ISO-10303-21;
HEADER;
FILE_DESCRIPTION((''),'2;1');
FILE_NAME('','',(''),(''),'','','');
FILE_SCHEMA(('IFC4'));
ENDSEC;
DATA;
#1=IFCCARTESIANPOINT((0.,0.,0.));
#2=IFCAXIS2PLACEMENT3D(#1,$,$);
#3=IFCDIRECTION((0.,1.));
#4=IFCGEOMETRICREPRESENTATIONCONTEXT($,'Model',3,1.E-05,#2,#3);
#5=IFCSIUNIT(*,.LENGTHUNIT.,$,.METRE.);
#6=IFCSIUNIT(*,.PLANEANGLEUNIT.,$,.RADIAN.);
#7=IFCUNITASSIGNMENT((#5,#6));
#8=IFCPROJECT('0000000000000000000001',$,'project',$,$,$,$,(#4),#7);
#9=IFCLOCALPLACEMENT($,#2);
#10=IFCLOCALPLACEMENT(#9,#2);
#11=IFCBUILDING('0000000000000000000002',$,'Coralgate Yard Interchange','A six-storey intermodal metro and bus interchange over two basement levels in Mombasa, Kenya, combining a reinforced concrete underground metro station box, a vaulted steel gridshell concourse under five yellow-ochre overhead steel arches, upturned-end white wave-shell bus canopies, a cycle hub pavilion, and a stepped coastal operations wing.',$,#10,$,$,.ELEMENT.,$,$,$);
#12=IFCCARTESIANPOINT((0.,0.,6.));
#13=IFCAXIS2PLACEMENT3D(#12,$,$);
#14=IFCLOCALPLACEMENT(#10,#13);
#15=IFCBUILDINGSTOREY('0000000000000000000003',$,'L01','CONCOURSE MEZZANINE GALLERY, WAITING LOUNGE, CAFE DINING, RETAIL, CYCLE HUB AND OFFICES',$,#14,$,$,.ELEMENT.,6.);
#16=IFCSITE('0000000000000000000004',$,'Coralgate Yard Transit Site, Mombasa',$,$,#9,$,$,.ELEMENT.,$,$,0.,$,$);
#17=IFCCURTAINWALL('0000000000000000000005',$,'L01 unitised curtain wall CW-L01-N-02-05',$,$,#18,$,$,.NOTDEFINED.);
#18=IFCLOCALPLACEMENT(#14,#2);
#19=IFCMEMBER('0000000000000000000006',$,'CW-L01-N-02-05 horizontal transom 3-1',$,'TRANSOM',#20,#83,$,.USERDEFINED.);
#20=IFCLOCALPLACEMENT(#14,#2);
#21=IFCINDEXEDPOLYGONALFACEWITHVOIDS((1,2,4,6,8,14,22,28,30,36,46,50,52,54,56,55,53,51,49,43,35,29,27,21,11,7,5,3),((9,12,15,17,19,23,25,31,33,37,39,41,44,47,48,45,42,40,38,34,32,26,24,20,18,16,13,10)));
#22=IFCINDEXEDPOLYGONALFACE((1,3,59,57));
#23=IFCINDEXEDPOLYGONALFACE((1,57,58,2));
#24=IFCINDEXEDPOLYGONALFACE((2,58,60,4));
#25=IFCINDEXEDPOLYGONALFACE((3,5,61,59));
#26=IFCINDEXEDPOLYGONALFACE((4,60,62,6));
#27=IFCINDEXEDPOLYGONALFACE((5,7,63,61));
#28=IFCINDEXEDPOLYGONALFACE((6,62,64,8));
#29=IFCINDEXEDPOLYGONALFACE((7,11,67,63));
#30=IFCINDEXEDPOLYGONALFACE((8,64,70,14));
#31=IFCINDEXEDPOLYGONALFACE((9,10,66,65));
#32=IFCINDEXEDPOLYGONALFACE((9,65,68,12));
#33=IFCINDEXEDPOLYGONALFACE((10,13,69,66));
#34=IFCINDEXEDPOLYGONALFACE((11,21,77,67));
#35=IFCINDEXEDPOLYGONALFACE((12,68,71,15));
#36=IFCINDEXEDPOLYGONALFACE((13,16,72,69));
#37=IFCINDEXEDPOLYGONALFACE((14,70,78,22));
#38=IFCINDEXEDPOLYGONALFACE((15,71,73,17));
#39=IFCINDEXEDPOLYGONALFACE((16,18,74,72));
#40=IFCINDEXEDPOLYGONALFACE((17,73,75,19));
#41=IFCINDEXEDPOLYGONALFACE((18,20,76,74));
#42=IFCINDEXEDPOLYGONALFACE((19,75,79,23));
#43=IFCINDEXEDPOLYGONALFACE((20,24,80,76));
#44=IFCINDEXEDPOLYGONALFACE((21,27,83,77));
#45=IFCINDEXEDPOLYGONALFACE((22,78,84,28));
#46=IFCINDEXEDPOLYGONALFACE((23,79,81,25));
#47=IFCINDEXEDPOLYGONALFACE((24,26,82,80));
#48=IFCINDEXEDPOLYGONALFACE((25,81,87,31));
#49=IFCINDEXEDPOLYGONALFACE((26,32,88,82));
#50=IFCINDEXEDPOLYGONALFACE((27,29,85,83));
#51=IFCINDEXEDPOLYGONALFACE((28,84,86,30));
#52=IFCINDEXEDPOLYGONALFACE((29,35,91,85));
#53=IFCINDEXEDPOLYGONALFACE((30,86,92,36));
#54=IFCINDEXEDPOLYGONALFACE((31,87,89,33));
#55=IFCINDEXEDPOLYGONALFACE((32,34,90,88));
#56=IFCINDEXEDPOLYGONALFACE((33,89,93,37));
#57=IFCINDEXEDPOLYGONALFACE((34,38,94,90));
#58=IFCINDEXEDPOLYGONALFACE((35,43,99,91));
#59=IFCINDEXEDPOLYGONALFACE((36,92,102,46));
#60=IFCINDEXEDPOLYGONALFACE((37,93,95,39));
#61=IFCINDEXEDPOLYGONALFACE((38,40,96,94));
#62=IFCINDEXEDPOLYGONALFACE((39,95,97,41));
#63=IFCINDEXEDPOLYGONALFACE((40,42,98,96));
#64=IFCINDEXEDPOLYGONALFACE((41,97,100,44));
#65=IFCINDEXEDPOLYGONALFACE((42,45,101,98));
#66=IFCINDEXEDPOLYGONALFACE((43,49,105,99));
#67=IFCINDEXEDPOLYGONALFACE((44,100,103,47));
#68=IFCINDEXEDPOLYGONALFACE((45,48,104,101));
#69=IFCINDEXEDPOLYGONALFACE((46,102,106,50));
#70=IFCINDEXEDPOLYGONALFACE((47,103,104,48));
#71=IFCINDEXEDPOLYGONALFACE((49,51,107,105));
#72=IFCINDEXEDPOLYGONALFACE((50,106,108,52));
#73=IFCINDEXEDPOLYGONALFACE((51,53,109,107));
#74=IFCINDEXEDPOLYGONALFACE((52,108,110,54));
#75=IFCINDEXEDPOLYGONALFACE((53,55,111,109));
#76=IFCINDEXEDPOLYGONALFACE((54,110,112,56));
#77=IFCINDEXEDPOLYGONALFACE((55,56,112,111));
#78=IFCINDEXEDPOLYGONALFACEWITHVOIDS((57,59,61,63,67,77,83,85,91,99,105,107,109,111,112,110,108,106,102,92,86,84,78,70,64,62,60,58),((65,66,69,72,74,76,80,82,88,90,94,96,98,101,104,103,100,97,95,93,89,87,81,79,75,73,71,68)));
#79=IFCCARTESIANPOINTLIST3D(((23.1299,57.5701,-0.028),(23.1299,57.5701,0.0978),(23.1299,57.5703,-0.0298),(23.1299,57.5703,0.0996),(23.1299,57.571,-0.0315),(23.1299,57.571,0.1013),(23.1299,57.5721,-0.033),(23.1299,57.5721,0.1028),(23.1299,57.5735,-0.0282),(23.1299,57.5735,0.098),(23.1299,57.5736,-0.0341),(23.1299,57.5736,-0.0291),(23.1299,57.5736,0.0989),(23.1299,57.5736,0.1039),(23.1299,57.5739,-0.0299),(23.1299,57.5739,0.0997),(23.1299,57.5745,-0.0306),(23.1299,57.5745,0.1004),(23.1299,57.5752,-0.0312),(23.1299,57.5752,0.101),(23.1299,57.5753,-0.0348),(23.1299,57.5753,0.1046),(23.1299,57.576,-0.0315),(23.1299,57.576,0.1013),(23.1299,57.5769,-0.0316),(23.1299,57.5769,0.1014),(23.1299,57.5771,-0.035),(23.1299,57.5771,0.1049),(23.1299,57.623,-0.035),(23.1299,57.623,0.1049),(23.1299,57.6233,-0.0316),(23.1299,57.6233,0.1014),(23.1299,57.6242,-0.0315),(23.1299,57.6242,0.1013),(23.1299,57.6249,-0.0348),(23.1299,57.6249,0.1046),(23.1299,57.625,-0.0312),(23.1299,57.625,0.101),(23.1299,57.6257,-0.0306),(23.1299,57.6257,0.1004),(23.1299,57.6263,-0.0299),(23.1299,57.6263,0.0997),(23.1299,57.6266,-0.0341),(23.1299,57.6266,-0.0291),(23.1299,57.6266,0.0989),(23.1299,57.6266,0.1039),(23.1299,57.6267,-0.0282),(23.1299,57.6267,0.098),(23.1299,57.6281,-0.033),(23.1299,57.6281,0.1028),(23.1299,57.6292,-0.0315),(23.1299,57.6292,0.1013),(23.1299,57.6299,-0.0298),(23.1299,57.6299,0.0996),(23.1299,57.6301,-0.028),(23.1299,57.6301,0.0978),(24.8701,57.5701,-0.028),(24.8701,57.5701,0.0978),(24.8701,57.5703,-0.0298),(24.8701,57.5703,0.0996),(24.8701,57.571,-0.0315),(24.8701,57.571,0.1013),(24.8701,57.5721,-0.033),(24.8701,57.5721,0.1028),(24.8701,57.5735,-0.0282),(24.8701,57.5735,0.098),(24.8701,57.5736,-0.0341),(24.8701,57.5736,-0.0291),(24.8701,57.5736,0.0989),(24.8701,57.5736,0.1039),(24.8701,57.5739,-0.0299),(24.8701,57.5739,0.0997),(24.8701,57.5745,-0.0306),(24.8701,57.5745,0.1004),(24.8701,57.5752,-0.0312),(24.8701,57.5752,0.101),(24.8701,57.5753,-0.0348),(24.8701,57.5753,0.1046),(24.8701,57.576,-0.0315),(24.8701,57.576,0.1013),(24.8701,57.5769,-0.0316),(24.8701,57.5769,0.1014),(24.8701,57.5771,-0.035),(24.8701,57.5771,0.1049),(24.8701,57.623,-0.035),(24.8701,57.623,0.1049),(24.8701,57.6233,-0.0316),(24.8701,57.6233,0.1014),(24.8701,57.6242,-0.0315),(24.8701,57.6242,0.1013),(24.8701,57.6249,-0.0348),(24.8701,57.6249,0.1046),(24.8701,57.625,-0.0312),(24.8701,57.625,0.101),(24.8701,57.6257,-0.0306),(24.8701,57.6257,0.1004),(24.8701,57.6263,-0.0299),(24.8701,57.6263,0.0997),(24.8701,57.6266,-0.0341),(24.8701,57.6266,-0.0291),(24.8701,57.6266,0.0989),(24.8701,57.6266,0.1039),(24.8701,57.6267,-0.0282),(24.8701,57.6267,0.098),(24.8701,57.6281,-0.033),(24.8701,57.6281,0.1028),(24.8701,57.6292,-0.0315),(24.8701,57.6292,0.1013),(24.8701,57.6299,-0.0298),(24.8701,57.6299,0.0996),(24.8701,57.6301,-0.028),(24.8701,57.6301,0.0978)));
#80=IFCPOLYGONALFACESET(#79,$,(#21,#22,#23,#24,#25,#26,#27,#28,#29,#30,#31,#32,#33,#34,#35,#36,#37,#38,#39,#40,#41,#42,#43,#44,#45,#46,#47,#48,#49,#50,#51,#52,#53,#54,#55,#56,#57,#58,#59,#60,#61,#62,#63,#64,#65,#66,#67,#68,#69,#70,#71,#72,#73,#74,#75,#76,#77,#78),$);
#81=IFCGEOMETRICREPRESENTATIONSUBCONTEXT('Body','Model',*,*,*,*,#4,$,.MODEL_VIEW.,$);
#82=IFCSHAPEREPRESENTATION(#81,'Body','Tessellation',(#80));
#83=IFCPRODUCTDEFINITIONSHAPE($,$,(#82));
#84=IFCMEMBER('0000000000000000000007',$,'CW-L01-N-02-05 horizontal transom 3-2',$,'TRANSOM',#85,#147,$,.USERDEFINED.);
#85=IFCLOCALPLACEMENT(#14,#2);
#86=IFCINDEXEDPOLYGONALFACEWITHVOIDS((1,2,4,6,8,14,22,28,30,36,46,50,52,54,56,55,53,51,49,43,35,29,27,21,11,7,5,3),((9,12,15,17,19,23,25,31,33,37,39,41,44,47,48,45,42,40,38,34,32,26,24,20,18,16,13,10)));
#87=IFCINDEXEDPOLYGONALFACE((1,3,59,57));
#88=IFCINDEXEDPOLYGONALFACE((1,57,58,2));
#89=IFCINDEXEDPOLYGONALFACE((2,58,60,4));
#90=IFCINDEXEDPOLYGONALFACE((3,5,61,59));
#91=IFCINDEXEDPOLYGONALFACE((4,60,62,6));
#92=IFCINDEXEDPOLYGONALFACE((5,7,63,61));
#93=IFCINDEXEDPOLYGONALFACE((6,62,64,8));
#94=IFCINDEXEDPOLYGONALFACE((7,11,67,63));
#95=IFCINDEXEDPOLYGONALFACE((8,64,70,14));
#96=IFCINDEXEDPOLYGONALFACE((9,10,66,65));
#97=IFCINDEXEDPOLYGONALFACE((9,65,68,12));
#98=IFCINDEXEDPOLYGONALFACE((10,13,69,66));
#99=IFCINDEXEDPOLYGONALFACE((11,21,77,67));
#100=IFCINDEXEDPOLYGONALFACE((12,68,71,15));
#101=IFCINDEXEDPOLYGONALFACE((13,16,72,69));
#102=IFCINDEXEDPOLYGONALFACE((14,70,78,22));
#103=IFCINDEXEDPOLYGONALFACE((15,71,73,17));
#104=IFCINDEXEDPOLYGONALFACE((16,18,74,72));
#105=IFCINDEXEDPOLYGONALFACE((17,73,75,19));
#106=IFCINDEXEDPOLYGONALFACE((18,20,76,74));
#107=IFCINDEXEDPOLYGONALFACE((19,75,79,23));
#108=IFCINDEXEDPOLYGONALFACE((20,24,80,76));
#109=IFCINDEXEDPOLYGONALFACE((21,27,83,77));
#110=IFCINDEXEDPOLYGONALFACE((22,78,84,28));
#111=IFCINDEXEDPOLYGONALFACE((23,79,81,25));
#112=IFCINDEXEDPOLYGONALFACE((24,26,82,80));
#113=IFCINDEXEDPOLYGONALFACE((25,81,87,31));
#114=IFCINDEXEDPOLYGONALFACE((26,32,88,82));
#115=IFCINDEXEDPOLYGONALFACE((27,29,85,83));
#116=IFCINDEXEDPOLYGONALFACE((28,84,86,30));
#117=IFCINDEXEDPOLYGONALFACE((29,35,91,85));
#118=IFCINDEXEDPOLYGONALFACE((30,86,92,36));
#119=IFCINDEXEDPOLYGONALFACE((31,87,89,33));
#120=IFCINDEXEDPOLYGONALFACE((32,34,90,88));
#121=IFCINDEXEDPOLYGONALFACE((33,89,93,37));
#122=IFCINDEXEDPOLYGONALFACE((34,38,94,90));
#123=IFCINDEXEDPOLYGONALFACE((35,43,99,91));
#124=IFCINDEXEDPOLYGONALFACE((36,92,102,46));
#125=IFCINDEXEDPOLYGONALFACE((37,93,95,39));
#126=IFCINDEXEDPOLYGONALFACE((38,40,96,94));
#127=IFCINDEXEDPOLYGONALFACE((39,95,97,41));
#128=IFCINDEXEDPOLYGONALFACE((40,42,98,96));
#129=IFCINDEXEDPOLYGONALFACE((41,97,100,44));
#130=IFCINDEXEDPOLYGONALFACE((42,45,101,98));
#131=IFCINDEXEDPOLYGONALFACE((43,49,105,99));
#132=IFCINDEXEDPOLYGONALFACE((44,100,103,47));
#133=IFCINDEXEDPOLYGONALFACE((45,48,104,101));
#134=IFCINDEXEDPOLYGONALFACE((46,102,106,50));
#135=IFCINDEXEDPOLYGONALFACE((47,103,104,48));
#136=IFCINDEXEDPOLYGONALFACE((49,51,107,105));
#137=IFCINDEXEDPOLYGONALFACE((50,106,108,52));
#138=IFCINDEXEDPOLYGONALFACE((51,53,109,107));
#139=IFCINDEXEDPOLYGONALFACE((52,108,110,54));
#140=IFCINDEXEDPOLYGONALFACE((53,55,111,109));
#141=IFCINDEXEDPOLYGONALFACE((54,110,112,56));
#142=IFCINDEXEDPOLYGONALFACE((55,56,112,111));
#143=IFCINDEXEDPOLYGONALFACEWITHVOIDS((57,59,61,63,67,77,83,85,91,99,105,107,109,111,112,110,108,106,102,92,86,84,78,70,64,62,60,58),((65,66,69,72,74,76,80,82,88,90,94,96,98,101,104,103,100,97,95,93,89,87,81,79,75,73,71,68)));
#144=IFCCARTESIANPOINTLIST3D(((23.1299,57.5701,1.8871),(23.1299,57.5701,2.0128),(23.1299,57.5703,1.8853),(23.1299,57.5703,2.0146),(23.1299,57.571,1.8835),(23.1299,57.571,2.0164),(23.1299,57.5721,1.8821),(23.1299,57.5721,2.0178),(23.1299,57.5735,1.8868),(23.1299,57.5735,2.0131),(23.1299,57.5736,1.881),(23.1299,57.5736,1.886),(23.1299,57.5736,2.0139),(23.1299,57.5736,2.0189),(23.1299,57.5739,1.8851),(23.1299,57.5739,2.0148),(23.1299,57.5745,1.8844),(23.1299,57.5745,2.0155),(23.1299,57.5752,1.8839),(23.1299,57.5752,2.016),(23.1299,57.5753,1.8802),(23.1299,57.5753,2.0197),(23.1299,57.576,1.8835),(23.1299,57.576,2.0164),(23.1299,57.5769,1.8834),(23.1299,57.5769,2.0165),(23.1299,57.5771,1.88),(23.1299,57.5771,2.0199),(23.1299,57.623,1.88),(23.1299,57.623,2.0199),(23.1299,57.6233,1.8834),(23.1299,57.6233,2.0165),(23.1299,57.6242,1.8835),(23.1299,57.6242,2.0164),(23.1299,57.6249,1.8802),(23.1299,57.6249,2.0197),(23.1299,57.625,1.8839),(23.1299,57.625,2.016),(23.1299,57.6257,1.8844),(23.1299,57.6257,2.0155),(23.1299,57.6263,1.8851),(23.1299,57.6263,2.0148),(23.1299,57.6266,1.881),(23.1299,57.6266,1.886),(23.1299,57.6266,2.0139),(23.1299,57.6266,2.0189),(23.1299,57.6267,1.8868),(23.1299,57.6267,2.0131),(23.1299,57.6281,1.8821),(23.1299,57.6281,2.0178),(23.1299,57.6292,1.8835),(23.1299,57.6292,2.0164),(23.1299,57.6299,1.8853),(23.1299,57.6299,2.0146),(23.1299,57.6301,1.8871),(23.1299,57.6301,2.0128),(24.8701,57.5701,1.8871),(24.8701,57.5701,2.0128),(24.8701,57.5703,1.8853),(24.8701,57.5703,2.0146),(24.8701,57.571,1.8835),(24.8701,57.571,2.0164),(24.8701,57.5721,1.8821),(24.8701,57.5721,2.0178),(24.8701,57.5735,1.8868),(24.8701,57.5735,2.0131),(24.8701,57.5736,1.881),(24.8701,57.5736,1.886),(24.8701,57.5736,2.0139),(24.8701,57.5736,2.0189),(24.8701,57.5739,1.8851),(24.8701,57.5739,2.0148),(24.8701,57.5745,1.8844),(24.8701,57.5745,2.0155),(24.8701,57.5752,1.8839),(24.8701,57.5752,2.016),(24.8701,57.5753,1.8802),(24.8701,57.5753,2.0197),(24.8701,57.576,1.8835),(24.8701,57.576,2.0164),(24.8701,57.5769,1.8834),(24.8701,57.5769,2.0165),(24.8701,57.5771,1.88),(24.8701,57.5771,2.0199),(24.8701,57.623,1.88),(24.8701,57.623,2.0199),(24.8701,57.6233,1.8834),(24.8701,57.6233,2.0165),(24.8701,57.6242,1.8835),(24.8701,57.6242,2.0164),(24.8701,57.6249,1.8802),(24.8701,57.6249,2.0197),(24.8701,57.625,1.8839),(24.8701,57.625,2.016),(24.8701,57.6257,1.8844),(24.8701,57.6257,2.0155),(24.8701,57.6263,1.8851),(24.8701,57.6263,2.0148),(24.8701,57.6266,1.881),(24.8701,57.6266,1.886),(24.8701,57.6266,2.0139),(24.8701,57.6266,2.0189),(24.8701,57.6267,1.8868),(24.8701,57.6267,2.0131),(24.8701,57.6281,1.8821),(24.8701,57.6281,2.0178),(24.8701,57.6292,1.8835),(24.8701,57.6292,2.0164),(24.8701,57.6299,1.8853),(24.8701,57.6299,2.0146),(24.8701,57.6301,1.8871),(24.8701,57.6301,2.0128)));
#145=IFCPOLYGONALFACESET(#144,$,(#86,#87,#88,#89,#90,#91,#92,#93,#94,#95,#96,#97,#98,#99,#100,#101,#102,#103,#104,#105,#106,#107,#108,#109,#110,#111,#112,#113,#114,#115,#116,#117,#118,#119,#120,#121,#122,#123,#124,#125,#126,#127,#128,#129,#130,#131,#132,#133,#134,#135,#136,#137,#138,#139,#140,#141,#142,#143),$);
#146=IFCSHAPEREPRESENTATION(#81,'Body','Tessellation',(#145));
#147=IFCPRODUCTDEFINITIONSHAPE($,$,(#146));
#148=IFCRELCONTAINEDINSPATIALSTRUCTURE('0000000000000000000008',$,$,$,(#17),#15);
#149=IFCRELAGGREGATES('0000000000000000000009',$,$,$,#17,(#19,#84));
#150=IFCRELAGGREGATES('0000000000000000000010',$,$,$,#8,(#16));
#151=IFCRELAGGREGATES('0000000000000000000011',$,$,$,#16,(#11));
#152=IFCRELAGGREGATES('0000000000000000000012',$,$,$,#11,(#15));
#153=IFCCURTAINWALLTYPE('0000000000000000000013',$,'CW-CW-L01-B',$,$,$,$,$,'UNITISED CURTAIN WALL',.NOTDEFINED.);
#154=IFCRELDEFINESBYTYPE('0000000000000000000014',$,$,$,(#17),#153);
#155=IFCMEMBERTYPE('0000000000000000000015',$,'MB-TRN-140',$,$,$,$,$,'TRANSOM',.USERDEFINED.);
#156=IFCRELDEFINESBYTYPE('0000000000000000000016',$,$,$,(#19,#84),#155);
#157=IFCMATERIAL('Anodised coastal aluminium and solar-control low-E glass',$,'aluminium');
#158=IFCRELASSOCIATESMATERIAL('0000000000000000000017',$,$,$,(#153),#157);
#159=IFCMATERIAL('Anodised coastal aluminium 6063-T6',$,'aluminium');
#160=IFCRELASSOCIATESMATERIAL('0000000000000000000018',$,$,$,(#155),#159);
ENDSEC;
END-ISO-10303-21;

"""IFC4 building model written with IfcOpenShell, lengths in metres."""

from ifc_helpers import new_model, si_unit, direction, frame, origin, origin_2d, place, context, subcontext, project, spatial, hollow_rectangle, extrude, material, material_profile, profile_set, type_object, element, aggregate, save


model = new_model("IFC4")

# Units and contexts
model_context = context("Model", 3, precision=1e-05, world=origin(), true_north=direction((0.0, 1.0)))
body_context = subcontext(model_context, "Body", "Model", "MODEL_VIEW")
ifc_project = project(units=[si_unit("LENGTHUNIT", "METRE"), si_unit("PLANEANGLEUNIT", "RADIAN")], contexts=[model_context])

# Site, building, storey
site_placement = place(None, origin())
site = spatial("IfcSite", under=ifc_project, at=site_placement, Name="Coralgate Yard Transit Site, Mombasa", CompositionType="ELEMENT", RefElevation=0.0)
building_placement = place(site_placement, origin())
building = spatial("IfcBuilding", under=site, at=building_placement, Name="Coralgate Yard Interchange", Description="A six-storey intermodal metro and bus interchange over two basement levels in Mombasa, Kenya, combining a reinforced concrete underground metro station box, a vaulted steel gridshell concourse under five yellow-ochre overhead steel arches, upturned-end white wave-shell bus canopies, a cycle hub pavilion, and a stepped coastal operations wing.", CompositionType="ELEMENT")
storey_placement = place(building_placement, frame((0.0, 0.0, 6.0)))
storey = spatial("IfcBuildingStorey", under=building, at=storey_placement, Name="L01", Description="CONCOURSE MEZZANINE GALLERY, WAITING LOUNGE, CAFE DINING, RETAIL, CYCLE HUB AND OFFICES", CompositionType="ELEMENT", Elevation=6.0)

# Curtain wall, members
ifc_material_1 = material(Name="Anodised coastal aluminium and solar-control low-E glass", Category="aluminium")
curtain_wall_type = type_object("IfcCurtainWallType", Name="CW-CW-L01-B", ElementType="UNITISED CURTAIN WALL", PredefinedType="NOTDEFINED", material=ifc_material_1)
curtain_wall_placement = place(storey_placement, origin())
curtain_wall = element("IfcCurtainWall", 1, at=curtain_wall_placement, inside=storey, type_object=curtain_wall_type, Name="L01 unitised curtain wall CW-L01-N-02-05", PredefinedType="NOTDEFINED")
ifc_material_2 = material(Name="Anodised coastal aluminium 6063-T6", Category="aluminium")
ifc_material_profile_1 = material_profile(ifc_material_2, hollow_rectangle(XDim=0.0601, YDim=0.1399, WallThickness=0.0034, InnerFilletRadius=0.0034, OuterFilletRadius=0.0071, at=origin_2d()), Name="ALU 60x140x3.5")
ifc_profile_set_1 = profile_set([ifc_material_profile_1], Name="Anodised coastal aluminium 6063-T6")
member_type_1 = type_object("IfcMemberType", Name="MB-TRN-140", ElementType="TRANSOM", PredefinedType="USERDEFINED", material=ifc_profile_set_1)
member_1_placement = place(storey_placement, frame((23.1299, 57.6001, 0.0349), z_axis=(1.0, 0.0, 0.0), x_axis=(0.0, 1.0, 0.0)))
member_1 = element("IfcMember", 2, at=member_1_placement, type_object=member_type_1, Name="CW-L01-N-02-05 horizontal transom 3-1", ObjectType="TRANSOM", PredefinedType="USERDEFINED", context=body_context, shape_type="SweptSolid", body=[
    extrude(hollow_rectangle(XDim=0.0601, YDim=0.1399, WallThickness=0.0034, InnerFilletRadius=0.0034, OuterFilletRadius=0.0071, at=origin_2d()), origin(), (0.0, 0.0, 1.0), 1.7402),
])
member_2_placement = place(storey_placement, frame((23.1299, 57.6001, 1.95), z_axis=(1.0, 0.0, 0.0), x_axis=(0.0, 1.0, 0.0)))
member_2 = element("IfcMember", 3, at=member_2_placement, type_object=member_type_1, Name="CW-L01-N-02-05 horizontal transom 3-2", ObjectType="TRANSOM", PredefinedType="USERDEFINED", context=body_context, shape_type="SweptSolid", body=[
    extrude(hollow_rectangle(XDim=0.0601, YDim=0.1399, WallThickness=0.0034, InnerFilletRadius=0.0034, OuterFilletRadius=0.0071, at=origin_2d()), origin(), (0.0, 0.0, 1.0), 1.7402),
])
aggregate(curtain_wall, [member_1, member_2])

save(model, "model.ifc")
